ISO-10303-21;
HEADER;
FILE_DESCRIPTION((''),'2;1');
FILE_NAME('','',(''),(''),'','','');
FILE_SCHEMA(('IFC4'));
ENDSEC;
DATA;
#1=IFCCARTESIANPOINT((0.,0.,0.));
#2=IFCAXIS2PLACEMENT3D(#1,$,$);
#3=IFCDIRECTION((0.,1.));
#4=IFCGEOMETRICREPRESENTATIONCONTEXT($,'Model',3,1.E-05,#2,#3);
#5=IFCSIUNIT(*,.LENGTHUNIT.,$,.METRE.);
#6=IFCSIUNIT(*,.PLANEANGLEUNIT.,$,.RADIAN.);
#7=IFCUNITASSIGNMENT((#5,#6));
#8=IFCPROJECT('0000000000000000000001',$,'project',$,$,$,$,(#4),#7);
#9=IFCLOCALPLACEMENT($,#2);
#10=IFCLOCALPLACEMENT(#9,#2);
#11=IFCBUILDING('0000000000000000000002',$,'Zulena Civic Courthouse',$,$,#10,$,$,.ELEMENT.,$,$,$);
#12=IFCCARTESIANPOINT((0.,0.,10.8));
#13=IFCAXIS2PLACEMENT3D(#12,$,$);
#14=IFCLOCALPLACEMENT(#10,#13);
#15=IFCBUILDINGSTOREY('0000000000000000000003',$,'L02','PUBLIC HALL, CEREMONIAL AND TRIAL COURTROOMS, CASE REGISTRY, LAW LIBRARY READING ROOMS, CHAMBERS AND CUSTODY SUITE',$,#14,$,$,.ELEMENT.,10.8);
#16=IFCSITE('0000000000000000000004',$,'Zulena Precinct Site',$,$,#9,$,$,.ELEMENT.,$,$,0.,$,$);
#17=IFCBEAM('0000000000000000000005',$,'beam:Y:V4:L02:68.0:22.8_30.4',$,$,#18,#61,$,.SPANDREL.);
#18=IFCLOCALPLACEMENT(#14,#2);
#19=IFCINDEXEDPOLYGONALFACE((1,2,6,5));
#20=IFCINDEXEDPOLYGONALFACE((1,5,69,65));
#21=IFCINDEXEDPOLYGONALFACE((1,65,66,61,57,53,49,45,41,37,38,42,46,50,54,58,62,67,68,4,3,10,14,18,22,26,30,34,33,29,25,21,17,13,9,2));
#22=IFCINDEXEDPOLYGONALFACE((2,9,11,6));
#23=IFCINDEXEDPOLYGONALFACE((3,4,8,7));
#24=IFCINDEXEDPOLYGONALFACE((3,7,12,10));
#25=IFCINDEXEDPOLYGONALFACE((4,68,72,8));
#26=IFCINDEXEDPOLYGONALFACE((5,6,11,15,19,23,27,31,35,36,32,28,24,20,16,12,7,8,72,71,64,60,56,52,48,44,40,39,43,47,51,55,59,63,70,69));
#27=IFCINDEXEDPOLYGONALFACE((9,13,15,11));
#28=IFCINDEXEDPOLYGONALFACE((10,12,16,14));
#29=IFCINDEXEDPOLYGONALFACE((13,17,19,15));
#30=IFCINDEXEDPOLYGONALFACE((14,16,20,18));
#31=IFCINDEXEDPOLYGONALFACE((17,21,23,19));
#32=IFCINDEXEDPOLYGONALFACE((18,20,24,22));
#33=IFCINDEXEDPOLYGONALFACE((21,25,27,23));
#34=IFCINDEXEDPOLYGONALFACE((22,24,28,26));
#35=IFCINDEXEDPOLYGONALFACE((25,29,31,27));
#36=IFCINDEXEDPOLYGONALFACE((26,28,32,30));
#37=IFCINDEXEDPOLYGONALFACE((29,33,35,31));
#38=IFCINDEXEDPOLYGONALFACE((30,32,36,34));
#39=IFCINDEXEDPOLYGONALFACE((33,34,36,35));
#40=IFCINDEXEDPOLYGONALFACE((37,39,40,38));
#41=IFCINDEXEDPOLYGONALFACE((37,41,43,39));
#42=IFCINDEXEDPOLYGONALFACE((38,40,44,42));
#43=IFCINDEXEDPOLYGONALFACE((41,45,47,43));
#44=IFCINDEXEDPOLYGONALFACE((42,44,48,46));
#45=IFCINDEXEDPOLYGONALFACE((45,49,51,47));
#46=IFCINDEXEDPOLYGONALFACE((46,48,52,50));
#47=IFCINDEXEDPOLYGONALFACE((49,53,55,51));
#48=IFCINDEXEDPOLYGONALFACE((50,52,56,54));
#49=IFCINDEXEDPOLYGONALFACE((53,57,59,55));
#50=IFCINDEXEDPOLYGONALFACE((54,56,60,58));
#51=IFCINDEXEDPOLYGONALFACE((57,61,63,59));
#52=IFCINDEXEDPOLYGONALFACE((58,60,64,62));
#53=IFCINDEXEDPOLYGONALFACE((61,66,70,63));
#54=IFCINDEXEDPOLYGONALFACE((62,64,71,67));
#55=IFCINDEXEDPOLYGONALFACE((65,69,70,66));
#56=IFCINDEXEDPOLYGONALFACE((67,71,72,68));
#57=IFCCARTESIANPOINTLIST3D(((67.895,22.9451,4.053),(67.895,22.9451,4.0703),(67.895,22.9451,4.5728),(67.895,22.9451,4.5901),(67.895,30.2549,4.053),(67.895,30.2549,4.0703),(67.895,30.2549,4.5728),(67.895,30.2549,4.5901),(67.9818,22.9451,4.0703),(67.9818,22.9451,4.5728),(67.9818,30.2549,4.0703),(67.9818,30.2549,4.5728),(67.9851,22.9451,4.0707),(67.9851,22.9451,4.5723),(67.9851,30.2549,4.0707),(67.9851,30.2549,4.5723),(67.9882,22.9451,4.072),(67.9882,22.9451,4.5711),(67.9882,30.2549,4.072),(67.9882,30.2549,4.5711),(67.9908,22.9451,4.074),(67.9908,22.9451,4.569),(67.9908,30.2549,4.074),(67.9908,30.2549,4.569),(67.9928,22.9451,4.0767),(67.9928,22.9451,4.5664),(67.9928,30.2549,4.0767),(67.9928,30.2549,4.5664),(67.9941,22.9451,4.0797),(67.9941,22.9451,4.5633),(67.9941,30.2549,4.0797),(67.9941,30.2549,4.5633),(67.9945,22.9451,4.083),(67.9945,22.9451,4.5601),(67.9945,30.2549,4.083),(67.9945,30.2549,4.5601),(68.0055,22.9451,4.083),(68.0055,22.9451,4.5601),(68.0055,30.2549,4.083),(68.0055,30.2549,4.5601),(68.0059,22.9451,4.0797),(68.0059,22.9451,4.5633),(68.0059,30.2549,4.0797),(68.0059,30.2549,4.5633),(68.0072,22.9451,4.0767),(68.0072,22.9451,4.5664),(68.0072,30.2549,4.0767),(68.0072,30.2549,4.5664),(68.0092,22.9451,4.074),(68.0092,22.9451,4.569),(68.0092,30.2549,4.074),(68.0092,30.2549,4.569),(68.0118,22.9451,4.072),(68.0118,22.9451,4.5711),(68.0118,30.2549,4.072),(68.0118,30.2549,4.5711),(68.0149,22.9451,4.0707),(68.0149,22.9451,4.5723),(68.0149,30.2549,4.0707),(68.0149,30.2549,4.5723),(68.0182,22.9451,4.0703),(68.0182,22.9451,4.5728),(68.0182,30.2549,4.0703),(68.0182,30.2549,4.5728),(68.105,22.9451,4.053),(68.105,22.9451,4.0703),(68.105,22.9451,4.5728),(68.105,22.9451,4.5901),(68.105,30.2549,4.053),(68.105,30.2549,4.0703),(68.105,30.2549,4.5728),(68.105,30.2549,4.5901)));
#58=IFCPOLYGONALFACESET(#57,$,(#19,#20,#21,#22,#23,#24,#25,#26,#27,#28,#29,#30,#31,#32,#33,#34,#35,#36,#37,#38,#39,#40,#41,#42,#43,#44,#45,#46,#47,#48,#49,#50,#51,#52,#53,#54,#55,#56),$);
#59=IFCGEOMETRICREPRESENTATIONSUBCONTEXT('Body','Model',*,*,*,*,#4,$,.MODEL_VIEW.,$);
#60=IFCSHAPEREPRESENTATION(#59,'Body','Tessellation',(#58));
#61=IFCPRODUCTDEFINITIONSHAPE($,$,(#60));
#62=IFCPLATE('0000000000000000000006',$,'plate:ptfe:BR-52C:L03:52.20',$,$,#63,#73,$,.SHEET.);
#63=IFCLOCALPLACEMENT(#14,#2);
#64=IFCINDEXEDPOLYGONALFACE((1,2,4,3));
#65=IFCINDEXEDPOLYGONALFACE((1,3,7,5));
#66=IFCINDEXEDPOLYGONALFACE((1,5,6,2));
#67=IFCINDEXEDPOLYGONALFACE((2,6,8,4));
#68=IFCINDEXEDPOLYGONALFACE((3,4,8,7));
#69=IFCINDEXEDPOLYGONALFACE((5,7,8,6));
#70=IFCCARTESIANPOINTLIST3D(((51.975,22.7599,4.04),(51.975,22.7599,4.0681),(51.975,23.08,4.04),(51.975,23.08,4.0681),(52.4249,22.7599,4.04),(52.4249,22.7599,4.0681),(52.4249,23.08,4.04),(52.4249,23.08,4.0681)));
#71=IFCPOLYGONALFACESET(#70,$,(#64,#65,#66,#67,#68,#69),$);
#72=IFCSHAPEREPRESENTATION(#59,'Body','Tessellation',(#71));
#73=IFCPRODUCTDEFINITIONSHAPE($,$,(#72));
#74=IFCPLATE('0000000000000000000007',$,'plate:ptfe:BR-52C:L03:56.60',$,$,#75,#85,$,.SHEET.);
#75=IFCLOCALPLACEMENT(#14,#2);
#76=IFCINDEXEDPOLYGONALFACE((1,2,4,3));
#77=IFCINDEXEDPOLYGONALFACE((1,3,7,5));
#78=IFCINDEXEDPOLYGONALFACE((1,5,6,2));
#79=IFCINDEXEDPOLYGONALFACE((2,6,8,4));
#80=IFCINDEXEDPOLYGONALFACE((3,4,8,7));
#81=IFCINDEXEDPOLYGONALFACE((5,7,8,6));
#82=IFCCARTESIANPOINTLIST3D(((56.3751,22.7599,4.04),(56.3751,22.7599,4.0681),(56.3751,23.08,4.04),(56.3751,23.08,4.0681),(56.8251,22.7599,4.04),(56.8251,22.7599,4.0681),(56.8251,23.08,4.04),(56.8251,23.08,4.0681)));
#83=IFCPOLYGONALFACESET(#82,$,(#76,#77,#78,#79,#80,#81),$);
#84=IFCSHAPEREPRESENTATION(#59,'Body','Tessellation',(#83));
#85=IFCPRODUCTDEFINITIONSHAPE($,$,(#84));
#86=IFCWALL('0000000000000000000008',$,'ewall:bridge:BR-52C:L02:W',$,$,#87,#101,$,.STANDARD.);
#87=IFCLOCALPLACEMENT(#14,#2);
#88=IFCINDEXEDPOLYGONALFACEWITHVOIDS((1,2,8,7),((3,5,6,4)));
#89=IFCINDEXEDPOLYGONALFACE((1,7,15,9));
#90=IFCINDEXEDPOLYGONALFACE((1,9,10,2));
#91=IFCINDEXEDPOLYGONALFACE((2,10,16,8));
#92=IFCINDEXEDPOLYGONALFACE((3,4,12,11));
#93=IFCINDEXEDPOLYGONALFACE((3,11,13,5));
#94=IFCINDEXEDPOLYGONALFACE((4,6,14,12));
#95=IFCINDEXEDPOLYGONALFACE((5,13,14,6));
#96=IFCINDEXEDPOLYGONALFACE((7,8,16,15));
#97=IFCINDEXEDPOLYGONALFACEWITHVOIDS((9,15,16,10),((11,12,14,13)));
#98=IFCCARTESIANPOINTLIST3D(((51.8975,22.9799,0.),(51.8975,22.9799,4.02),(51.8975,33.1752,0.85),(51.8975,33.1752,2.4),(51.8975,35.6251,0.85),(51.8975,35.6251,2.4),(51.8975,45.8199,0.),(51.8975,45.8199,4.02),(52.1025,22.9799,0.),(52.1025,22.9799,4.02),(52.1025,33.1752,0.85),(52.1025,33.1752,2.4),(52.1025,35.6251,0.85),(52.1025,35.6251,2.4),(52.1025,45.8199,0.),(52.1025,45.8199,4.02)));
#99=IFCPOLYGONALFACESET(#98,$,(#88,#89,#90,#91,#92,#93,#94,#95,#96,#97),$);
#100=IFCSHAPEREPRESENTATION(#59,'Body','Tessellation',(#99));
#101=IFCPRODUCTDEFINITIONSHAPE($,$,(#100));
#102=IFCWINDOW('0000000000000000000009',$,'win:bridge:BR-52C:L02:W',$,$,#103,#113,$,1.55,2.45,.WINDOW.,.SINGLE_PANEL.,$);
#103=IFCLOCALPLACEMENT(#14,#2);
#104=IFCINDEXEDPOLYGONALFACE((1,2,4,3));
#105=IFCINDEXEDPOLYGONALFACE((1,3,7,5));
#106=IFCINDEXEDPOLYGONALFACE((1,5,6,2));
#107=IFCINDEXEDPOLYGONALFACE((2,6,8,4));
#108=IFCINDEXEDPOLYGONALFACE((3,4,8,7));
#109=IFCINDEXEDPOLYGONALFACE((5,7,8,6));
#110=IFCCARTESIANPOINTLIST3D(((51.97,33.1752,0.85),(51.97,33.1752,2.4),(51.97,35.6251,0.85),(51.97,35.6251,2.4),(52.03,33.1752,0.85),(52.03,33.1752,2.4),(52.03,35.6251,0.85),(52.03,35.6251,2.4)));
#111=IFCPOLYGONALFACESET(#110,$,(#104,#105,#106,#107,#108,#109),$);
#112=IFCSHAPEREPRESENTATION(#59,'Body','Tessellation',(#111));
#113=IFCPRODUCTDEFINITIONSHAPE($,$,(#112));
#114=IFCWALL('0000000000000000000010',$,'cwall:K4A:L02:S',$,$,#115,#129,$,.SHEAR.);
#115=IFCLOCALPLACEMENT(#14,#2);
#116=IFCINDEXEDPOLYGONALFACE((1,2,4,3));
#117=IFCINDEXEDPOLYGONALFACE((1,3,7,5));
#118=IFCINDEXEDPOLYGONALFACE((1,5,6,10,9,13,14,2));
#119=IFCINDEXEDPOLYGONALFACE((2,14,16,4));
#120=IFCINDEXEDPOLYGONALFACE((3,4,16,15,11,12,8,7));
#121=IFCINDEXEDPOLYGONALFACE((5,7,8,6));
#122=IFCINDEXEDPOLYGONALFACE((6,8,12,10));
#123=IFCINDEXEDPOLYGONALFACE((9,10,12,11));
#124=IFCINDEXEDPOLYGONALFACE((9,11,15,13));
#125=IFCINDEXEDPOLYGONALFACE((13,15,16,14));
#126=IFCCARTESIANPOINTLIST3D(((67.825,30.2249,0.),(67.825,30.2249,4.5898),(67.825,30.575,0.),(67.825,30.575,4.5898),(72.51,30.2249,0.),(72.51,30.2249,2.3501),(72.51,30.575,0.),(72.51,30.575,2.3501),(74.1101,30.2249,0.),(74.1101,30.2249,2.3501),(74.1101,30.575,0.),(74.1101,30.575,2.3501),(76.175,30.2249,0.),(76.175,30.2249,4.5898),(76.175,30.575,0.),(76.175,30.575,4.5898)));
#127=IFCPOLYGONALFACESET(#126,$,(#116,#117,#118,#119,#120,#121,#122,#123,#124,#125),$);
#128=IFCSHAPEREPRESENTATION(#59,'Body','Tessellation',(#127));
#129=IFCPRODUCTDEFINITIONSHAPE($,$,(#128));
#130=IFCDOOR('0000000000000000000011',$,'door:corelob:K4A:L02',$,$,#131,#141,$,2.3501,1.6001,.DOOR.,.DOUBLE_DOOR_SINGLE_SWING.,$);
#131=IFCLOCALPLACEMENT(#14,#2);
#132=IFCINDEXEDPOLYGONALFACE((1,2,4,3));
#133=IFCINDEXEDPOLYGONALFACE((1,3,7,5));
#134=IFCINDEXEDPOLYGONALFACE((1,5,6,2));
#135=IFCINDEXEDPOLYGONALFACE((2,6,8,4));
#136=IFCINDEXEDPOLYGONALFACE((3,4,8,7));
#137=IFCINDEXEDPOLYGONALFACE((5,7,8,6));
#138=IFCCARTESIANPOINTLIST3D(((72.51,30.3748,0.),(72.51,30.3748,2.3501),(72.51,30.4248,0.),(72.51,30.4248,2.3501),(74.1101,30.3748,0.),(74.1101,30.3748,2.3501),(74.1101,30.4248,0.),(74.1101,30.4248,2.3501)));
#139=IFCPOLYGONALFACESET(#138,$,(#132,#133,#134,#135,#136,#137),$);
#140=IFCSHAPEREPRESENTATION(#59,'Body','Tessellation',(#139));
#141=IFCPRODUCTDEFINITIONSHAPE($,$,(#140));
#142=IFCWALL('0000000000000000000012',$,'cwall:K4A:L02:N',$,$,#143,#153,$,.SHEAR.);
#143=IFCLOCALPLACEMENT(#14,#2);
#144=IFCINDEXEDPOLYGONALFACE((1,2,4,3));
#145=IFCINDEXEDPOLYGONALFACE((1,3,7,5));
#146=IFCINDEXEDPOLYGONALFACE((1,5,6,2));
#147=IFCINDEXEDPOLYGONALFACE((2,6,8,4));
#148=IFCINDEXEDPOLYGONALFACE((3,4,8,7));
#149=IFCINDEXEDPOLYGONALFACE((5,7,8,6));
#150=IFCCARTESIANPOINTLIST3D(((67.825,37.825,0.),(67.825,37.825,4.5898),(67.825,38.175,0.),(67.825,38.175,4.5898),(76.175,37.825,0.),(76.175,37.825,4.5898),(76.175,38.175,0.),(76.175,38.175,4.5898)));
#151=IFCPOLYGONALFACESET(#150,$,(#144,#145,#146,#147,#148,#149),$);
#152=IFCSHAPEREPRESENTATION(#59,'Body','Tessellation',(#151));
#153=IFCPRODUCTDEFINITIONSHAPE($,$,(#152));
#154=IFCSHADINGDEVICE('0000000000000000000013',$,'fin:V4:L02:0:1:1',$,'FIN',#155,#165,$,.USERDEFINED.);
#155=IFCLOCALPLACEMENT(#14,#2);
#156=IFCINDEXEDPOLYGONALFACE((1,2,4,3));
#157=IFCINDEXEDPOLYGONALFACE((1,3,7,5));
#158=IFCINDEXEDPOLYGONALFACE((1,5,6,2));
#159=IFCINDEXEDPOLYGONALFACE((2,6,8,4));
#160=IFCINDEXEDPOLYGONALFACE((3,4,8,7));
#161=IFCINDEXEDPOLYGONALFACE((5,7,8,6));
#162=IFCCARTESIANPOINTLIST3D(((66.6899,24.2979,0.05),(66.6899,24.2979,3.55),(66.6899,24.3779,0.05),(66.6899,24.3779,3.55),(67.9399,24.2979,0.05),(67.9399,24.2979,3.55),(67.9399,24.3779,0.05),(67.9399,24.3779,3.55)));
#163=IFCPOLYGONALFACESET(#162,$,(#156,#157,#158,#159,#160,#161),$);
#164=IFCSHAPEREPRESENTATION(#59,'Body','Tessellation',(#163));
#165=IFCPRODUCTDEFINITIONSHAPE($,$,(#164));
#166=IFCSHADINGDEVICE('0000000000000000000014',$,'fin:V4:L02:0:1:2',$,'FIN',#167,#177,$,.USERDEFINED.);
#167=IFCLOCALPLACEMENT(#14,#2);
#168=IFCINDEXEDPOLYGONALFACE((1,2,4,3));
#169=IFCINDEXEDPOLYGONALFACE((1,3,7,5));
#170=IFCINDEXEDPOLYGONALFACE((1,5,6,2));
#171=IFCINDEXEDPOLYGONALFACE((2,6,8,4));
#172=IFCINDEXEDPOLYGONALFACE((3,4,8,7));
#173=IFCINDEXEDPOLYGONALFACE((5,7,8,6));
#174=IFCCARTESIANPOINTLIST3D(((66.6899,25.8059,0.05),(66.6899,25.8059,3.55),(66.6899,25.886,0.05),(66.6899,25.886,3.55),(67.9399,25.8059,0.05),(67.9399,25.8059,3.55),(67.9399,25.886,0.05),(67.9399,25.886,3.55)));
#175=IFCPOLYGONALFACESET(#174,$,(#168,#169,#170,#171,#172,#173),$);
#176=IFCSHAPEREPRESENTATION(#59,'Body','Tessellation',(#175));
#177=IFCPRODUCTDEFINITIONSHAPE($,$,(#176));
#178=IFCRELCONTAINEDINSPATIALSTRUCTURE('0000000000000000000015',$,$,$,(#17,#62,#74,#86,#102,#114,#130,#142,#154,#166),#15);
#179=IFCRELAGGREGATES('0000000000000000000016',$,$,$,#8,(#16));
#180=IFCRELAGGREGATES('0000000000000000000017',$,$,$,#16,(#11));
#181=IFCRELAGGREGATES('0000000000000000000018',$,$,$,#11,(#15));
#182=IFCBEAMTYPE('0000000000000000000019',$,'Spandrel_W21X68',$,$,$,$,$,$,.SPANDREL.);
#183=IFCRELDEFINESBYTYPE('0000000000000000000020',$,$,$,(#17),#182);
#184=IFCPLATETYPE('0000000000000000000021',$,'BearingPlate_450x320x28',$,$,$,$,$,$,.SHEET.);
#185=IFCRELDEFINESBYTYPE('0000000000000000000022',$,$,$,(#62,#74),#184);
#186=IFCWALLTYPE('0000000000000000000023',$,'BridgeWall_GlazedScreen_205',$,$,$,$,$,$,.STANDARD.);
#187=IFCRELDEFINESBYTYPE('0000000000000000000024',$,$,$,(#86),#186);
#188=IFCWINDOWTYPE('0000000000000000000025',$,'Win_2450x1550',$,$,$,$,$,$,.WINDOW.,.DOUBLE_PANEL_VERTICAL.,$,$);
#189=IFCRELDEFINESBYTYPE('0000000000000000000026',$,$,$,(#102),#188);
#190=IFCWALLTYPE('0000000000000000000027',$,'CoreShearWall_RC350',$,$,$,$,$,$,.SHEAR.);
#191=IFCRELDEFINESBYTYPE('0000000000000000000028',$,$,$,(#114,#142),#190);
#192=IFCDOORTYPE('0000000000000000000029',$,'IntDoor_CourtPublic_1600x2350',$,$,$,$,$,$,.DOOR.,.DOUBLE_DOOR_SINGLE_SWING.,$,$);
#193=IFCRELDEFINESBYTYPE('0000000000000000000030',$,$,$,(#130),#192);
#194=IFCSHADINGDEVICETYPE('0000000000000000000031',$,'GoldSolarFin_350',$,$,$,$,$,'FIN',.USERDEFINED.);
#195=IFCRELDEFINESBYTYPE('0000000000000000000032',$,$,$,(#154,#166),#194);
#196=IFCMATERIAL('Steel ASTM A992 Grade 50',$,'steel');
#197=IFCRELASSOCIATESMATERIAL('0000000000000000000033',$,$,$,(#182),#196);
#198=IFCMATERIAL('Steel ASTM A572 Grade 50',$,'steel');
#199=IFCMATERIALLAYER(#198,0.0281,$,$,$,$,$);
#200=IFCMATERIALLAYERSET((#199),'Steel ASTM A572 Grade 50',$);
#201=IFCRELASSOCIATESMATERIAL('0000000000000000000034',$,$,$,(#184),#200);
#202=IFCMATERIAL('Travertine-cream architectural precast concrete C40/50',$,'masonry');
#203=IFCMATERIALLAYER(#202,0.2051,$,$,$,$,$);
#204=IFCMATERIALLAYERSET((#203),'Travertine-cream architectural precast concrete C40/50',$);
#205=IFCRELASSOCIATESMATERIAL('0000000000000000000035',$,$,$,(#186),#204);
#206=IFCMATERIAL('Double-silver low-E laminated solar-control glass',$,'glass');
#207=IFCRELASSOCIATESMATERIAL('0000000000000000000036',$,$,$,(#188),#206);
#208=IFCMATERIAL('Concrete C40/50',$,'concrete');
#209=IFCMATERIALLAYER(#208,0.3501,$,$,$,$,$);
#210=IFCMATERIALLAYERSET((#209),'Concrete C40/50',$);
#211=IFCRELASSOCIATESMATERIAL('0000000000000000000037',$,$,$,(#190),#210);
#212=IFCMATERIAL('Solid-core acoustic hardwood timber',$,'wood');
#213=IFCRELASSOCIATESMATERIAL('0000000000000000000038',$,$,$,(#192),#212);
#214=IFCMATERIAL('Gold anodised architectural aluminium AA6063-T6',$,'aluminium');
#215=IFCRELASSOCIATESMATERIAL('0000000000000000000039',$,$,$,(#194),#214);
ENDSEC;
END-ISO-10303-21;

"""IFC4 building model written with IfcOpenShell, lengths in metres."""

from ifc_helpers import new_model, si_unit, direction, frame, frame_2d, origin, origin_2d, place, context, subcontext, project, spatial, rectangle, i_section, extrude, material, layer, layer_set, material_profile, profile_set, type_object, element, fill, save


model = new_model("IFC4")

# Units and contexts
model_context = context("Model", 3, precision=1e-05, world=origin(), true_north=direction((0.0, 1.0)))
body_context = subcontext(model_context, "Body", "Model", "MODEL_VIEW")
ifc_project = project(units=[si_unit("LENGTHUNIT", "METRE"), si_unit("PLANEANGLEUNIT", "RADIAN")], contexts=[model_context])

# Site, building, storey
site_placement = place(None, origin())
site = spatial("IfcSite", under=ifc_project, at=site_placement, Name="Zulena Precinct Site", CompositionType="ELEMENT", RefElevation=0.0)
building_placement = place(site_placement, origin())
building = spatial("IfcBuilding", under=site, at=building_placement, Name="Zulena Civic Courthouse", CompositionType="ELEMENT")
storey_placement = place(building_placement, frame((0.0, 0.0, 10.8)))
storey = spatial("IfcBuildingStorey", under=building, at=storey_placement, Name="L02", Description="PUBLIC HALL, CEREMONIAL AND TRIAL COURTROOMS, CASE REGISTRY, LAW LIBRARY READING ROOMS, CHAMBERS AND CUSTODY SUITE", CompositionType="ELEMENT", Elevation=10.8)

# Shared definitions
ifc_material_1 = material(Name="Steel ASTM A992 Grade 50", Category="steel")

# Beam
ifc_material_profile_1 = material_profile(ifc_material_1, i_section(OverallWidth=0.21, OverallDepth=0.5371, WebThickness=0.011, FlangeThickness=0.0173, FilletRadius=0.0127, at=origin_2d()), Name="W21X68")
ifc_profile_set_1 = profile_set([ifc_material_profile_1], Name="Steel ASTM A992 Grade 50")
beam_type_1 = type_object("IfcBeamType", Name="Spandrel_W21X68", PredefinedType="SPANDREL", material=ifc_profile_set_1)
beam_1_placement = place(storey_placement, frame((68.0, 22.9451, 4.3215), z_axis=(0.0, 1.0, 0.0), x_axis=(-1.0, 0.0, 0.0)))
element("IfcBeam", 1, at=beam_1_placement, inside=storey, type_object=beam_type_1, Name="beam:Y:V4:L02:68.0:22.8_30.4", PredefinedType="SPANDREL", context=body_context, shape_type="SweptSolid", body=[
    extrude(i_section(OverallWidth=0.21, OverallDepth=0.5371, WebThickness=0.011, FlangeThickness=0.0173, FilletRadius=0.0127, at=origin_2d()), origin(), (0.0, 0.0, 1.0), 7.3098),
])

# Plates
ifc_material_2 = material(Name="Steel ASTM A572 Grade 50", Category="steel")
ifc_layer_1 = layer(ifc_material_2, 0.0281)
ifc_layer_set_1 = layer_set([ifc_layer_1], Name="Steel ASTM A572 Grade 50")
plate_type = type_object("IfcPlateType", Name="BearingPlate_450x320x28", PredefinedType="SHEET", material=ifc_layer_set_1)
for number, where, z_axis, x_axis, name in (
    (2, (52.2, 22.9199, 4.04), (0.0, 0.0, 1.0), (1.0, 0.0, 0.0), "plate:ptfe:BR-52C:L03:52.20"),
    (3, (56.6001, 22.9199, 4.04), (0.0, 0.0, 1.0), (1.0, 0.0, 0.0), "plate:ptfe:BR-52C:L03:56.60"),
):
    element("IfcPlate", number, at=place(storey_placement, frame(where, z_axis=z_axis, x_axis=x_axis)), inside=storey, type_object=plate_type, Name=name, PredefinedType="SHEET", context=body_context, shape_type="SweptSolid", body=[
        extrude(rectangle(XDim=0.45, YDim=0.3201, at=origin_2d()), origin(), (0.0, 0.0, 1.0), 0.0281),
    ])

# Wall, opening, window
ifc_material_3 = material(Name="Travertine-cream architectural precast concrete C40/50", Category="masonry")
ifc_layer_2 = layer(ifc_material_3, 0.2051)
ifc_layer_set_2 = layer_set([ifc_layer_2], Name="Travertine-cream architectural precast concrete C40/50")
wall_type_1 = type_object("IfcWallType", Name="BridgeWall_GlazedScreen_205", PredefinedType="STANDARD", material=ifc_layer_set_2)
wall_1_placement = place(storey_placement, frame((52.0, 22.98, 0.0), z_axis=(0.0, 0.0, 1.0), x_axis=(0.0, 1.0, 0.0)))
wall_1 = element("IfcWall", 4, at=wall_1_placement, inside=storey, type_object=wall_type_1, Name="ewall:bridge:BR-52C:L02:W", PredefinedType="STANDARD", context=body_context, shape_type="SweptSolid", body=[
    extrude(rectangle(XDim=22.8401, YDim=0.2051, at=frame_2d((11.4199, 0.0))), origin(), (0.0, 0.0, 1.0), 4.02),
])
opening_1_placement = place(wall_1_placement, frame((10.1951, 0.0, 0.8501)))
opening_1 = element("IfcOpeningElement", 5, at=opening_1_placement, cuts=wall_1, PredefinedType="OPENING", context=body_context, shape_type="SweptSolid", body=[
    extrude(rectangle(XDim=2.45, YDim=1.55, at=frame_2d((1.2251, 0.7749))), frame((0.0, 0.1125, 0.0), z_axis=(0.0, -1.0, 0.0), x_axis=(1.0, 0.0, 0.0)), (0.0, 0.0, 1.0), 0.2251),
])
ifc_material_4 = material(Name="Double-silver low-E laminated solar-control glass", Category="glass")
window_type = type_object("IfcWindowType", Name="Win_2450x1550", PartitioningType="DOUBLE_PANEL_VERTICAL", PredefinedType="WINDOW", material=ifc_material_4)
window_placement = place(opening_1_placement, origin())
window = element("IfcWindow", 6, at=window_placement, inside=storey, type_object=window_type, Name="win:bridge:BR-52C:L02:W", OverallHeight=1.55, OverallWidth=2.45, PartitioningType="SINGLE_PANEL", PredefinedType="WINDOW", context=body_context, shape_type="SweptSolid", body=[
    extrude(rectangle(XDim=2.45, YDim=1.55, at=frame_2d((1.2251, 0.7749))), frame((0.0, 0.03, 0.0), z_axis=(0.0, -1.0, 0.0), x_axis=(1.0, 0.0, 0.0)), (0.0, 0.0, 1.0), 0.0601),
])
fill(opening_1, window)

# Wall, opening, door
ifc_material_5 = material(Name="Concrete C40/50", Category="concrete")
ifc_layer_3 = layer(ifc_material_5, 0.3501)
ifc_layer_set_3 = layer_set([ifc_layer_3], Name="Concrete C40/50")
wall_type_2 = type_object("IfcWallType", Name="CoreShearWall_RC350", PredefinedType="SHEAR", material=ifc_layer_set_3)
wall_2_placement = place(storey_placement, frame((67.825, 30.3999, 0.0), z_axis=(0.0, 0.0, 1.0), x_axis=(1.0, 0.0, 0.0)))
wall_2 = element("IfcWall", 7, at=wall_2_placement, inside=storey, type_object=wall_type_2, Name="cwall:K4A:L02:S", PredefinedType="SHEAR", context=body_context, shape_type="SweptSolid", body=[
    extrude(rectangle(XDim=8.3501, YDim=0.3501, at=frame_2d((4.175, 0.0))), origin(), (0.0, 0.0, 1.0), 4.5898),
])
opening_2_placement = place(wall_2_placement, frame((4.6851, 0.0, 0.0)))
opening_2 = element("IfcOpeningElement", 8, at=opening_2_placement, cuts=wall_2, PredefinedType="OPENING", context=body_context, shape_type="SweptSolid", body=[
    extrude(rectangle(XDim=1.6001, YDim=2.3501, at=frame_2d((0.8, 1.175))), frame((0.0, 0.1851, 0.0), z_axis=(0.0, -1.0, 0.0), x_axis=(1.0, 0.0, 0.0)), (0.0, 0.0, 1.0), 0.3701),
])
ifc_material_6 = material(Name="Solid-core acoustic hardwood timber", Category="wood")
door_type = type_object("IfcDoorType", Name="IntDoor_CourtPublic_1600x2350", OperationType="DOUBLE_DOOR_SINGLE_SWING", PredefinedType="DOOR", material=ifc_material_6)
door_placement = place(opening_2_placement, origin())
door = element("IfcDoor", 9, at=door_placement, inside=storey, type_object=door_type, Name="door:corelob:K4A:L02", OperationType="DOUBLE_DOOR_SINGLE_SWING", OverallHeight=2.3501, OverallWidth=1.6001, PredefinedType="DOOR", context=body_context, shape_type="SweptSolid", body=[
    extrude(rectangle(XDim=1.6001, YDim=2.3501, at=frame_2d((0.8, 1.175))), frame((0.0, 0.0249, 0.0), z_axis=(0.0, -1.0, 0.0), x_axis=(1.0, 0.0, 0.0)), (0.0, 0.0, 1.0), 0.05),
])
fill(opening_2, door)

# Wall
wall_3_placement = place(storey_placement, frame((67.825, 38.0, 0.0), z_axis=(0.0, 0.0, 1.0), x_axis=(1.0, 0.0, 0.0)))
element("IfcWall", 10, at=wall_3_placement, inside=storey, type_object=wall_type_2, Name="cwall:K4A:L02:N", PredefinedType="SHEAR", context=body_context, shape_type="SweptSolid", body=[
    extrude(rectangle(XDim=8.3501, YDim=0.3501, at=frame_2d((4.175, 0.0))), origin(), (0.0, 0.0, 1.0), 4.5898),
])

# Shading devices
ifc_material_7 = material(Name="Gold anodised architectural aluminium AA6063-T6", Category="aluminium")
shading_device_type = type_object("IfcShadingDeviceType", Name="GoldSolarFin_350", ElementType="FIN", PredefinedType="USERDEFINED", material=ifc_material_7)
for number, where, z_axis, x_axis, name in (
    (11, (67.3149, 24.3379, 0.05), (0.0, 0.0, 1.0), (-1.0, 0.0, 0.0), "fin:V4:L02:0:1:1"),
    (12, (67.3149, 25.8459, 0.05), (0.0, 0.0, 1.0), (-1.0, 0.0, 0.0), "fin:V4:L02:0:1:2"),
):
    element("IfcShadingDevice", number, at=place(storey_placement, frame(where, z_axis=z_axis, x_axis=x_axis)), inside=storey, type_object=shading_device_type, Name=name, ObjectType="FIN", PredefinedType="USERDEFINED", context=body_context, shape_type="SweptSolid", body=[
        extrude(rectangle(XDim=1.25, YDim=0.0801, at=origin_2d()), origin(), (0.0, 0.0, 1.0), 3.5),
    ])

save(model, "model.ifc")
